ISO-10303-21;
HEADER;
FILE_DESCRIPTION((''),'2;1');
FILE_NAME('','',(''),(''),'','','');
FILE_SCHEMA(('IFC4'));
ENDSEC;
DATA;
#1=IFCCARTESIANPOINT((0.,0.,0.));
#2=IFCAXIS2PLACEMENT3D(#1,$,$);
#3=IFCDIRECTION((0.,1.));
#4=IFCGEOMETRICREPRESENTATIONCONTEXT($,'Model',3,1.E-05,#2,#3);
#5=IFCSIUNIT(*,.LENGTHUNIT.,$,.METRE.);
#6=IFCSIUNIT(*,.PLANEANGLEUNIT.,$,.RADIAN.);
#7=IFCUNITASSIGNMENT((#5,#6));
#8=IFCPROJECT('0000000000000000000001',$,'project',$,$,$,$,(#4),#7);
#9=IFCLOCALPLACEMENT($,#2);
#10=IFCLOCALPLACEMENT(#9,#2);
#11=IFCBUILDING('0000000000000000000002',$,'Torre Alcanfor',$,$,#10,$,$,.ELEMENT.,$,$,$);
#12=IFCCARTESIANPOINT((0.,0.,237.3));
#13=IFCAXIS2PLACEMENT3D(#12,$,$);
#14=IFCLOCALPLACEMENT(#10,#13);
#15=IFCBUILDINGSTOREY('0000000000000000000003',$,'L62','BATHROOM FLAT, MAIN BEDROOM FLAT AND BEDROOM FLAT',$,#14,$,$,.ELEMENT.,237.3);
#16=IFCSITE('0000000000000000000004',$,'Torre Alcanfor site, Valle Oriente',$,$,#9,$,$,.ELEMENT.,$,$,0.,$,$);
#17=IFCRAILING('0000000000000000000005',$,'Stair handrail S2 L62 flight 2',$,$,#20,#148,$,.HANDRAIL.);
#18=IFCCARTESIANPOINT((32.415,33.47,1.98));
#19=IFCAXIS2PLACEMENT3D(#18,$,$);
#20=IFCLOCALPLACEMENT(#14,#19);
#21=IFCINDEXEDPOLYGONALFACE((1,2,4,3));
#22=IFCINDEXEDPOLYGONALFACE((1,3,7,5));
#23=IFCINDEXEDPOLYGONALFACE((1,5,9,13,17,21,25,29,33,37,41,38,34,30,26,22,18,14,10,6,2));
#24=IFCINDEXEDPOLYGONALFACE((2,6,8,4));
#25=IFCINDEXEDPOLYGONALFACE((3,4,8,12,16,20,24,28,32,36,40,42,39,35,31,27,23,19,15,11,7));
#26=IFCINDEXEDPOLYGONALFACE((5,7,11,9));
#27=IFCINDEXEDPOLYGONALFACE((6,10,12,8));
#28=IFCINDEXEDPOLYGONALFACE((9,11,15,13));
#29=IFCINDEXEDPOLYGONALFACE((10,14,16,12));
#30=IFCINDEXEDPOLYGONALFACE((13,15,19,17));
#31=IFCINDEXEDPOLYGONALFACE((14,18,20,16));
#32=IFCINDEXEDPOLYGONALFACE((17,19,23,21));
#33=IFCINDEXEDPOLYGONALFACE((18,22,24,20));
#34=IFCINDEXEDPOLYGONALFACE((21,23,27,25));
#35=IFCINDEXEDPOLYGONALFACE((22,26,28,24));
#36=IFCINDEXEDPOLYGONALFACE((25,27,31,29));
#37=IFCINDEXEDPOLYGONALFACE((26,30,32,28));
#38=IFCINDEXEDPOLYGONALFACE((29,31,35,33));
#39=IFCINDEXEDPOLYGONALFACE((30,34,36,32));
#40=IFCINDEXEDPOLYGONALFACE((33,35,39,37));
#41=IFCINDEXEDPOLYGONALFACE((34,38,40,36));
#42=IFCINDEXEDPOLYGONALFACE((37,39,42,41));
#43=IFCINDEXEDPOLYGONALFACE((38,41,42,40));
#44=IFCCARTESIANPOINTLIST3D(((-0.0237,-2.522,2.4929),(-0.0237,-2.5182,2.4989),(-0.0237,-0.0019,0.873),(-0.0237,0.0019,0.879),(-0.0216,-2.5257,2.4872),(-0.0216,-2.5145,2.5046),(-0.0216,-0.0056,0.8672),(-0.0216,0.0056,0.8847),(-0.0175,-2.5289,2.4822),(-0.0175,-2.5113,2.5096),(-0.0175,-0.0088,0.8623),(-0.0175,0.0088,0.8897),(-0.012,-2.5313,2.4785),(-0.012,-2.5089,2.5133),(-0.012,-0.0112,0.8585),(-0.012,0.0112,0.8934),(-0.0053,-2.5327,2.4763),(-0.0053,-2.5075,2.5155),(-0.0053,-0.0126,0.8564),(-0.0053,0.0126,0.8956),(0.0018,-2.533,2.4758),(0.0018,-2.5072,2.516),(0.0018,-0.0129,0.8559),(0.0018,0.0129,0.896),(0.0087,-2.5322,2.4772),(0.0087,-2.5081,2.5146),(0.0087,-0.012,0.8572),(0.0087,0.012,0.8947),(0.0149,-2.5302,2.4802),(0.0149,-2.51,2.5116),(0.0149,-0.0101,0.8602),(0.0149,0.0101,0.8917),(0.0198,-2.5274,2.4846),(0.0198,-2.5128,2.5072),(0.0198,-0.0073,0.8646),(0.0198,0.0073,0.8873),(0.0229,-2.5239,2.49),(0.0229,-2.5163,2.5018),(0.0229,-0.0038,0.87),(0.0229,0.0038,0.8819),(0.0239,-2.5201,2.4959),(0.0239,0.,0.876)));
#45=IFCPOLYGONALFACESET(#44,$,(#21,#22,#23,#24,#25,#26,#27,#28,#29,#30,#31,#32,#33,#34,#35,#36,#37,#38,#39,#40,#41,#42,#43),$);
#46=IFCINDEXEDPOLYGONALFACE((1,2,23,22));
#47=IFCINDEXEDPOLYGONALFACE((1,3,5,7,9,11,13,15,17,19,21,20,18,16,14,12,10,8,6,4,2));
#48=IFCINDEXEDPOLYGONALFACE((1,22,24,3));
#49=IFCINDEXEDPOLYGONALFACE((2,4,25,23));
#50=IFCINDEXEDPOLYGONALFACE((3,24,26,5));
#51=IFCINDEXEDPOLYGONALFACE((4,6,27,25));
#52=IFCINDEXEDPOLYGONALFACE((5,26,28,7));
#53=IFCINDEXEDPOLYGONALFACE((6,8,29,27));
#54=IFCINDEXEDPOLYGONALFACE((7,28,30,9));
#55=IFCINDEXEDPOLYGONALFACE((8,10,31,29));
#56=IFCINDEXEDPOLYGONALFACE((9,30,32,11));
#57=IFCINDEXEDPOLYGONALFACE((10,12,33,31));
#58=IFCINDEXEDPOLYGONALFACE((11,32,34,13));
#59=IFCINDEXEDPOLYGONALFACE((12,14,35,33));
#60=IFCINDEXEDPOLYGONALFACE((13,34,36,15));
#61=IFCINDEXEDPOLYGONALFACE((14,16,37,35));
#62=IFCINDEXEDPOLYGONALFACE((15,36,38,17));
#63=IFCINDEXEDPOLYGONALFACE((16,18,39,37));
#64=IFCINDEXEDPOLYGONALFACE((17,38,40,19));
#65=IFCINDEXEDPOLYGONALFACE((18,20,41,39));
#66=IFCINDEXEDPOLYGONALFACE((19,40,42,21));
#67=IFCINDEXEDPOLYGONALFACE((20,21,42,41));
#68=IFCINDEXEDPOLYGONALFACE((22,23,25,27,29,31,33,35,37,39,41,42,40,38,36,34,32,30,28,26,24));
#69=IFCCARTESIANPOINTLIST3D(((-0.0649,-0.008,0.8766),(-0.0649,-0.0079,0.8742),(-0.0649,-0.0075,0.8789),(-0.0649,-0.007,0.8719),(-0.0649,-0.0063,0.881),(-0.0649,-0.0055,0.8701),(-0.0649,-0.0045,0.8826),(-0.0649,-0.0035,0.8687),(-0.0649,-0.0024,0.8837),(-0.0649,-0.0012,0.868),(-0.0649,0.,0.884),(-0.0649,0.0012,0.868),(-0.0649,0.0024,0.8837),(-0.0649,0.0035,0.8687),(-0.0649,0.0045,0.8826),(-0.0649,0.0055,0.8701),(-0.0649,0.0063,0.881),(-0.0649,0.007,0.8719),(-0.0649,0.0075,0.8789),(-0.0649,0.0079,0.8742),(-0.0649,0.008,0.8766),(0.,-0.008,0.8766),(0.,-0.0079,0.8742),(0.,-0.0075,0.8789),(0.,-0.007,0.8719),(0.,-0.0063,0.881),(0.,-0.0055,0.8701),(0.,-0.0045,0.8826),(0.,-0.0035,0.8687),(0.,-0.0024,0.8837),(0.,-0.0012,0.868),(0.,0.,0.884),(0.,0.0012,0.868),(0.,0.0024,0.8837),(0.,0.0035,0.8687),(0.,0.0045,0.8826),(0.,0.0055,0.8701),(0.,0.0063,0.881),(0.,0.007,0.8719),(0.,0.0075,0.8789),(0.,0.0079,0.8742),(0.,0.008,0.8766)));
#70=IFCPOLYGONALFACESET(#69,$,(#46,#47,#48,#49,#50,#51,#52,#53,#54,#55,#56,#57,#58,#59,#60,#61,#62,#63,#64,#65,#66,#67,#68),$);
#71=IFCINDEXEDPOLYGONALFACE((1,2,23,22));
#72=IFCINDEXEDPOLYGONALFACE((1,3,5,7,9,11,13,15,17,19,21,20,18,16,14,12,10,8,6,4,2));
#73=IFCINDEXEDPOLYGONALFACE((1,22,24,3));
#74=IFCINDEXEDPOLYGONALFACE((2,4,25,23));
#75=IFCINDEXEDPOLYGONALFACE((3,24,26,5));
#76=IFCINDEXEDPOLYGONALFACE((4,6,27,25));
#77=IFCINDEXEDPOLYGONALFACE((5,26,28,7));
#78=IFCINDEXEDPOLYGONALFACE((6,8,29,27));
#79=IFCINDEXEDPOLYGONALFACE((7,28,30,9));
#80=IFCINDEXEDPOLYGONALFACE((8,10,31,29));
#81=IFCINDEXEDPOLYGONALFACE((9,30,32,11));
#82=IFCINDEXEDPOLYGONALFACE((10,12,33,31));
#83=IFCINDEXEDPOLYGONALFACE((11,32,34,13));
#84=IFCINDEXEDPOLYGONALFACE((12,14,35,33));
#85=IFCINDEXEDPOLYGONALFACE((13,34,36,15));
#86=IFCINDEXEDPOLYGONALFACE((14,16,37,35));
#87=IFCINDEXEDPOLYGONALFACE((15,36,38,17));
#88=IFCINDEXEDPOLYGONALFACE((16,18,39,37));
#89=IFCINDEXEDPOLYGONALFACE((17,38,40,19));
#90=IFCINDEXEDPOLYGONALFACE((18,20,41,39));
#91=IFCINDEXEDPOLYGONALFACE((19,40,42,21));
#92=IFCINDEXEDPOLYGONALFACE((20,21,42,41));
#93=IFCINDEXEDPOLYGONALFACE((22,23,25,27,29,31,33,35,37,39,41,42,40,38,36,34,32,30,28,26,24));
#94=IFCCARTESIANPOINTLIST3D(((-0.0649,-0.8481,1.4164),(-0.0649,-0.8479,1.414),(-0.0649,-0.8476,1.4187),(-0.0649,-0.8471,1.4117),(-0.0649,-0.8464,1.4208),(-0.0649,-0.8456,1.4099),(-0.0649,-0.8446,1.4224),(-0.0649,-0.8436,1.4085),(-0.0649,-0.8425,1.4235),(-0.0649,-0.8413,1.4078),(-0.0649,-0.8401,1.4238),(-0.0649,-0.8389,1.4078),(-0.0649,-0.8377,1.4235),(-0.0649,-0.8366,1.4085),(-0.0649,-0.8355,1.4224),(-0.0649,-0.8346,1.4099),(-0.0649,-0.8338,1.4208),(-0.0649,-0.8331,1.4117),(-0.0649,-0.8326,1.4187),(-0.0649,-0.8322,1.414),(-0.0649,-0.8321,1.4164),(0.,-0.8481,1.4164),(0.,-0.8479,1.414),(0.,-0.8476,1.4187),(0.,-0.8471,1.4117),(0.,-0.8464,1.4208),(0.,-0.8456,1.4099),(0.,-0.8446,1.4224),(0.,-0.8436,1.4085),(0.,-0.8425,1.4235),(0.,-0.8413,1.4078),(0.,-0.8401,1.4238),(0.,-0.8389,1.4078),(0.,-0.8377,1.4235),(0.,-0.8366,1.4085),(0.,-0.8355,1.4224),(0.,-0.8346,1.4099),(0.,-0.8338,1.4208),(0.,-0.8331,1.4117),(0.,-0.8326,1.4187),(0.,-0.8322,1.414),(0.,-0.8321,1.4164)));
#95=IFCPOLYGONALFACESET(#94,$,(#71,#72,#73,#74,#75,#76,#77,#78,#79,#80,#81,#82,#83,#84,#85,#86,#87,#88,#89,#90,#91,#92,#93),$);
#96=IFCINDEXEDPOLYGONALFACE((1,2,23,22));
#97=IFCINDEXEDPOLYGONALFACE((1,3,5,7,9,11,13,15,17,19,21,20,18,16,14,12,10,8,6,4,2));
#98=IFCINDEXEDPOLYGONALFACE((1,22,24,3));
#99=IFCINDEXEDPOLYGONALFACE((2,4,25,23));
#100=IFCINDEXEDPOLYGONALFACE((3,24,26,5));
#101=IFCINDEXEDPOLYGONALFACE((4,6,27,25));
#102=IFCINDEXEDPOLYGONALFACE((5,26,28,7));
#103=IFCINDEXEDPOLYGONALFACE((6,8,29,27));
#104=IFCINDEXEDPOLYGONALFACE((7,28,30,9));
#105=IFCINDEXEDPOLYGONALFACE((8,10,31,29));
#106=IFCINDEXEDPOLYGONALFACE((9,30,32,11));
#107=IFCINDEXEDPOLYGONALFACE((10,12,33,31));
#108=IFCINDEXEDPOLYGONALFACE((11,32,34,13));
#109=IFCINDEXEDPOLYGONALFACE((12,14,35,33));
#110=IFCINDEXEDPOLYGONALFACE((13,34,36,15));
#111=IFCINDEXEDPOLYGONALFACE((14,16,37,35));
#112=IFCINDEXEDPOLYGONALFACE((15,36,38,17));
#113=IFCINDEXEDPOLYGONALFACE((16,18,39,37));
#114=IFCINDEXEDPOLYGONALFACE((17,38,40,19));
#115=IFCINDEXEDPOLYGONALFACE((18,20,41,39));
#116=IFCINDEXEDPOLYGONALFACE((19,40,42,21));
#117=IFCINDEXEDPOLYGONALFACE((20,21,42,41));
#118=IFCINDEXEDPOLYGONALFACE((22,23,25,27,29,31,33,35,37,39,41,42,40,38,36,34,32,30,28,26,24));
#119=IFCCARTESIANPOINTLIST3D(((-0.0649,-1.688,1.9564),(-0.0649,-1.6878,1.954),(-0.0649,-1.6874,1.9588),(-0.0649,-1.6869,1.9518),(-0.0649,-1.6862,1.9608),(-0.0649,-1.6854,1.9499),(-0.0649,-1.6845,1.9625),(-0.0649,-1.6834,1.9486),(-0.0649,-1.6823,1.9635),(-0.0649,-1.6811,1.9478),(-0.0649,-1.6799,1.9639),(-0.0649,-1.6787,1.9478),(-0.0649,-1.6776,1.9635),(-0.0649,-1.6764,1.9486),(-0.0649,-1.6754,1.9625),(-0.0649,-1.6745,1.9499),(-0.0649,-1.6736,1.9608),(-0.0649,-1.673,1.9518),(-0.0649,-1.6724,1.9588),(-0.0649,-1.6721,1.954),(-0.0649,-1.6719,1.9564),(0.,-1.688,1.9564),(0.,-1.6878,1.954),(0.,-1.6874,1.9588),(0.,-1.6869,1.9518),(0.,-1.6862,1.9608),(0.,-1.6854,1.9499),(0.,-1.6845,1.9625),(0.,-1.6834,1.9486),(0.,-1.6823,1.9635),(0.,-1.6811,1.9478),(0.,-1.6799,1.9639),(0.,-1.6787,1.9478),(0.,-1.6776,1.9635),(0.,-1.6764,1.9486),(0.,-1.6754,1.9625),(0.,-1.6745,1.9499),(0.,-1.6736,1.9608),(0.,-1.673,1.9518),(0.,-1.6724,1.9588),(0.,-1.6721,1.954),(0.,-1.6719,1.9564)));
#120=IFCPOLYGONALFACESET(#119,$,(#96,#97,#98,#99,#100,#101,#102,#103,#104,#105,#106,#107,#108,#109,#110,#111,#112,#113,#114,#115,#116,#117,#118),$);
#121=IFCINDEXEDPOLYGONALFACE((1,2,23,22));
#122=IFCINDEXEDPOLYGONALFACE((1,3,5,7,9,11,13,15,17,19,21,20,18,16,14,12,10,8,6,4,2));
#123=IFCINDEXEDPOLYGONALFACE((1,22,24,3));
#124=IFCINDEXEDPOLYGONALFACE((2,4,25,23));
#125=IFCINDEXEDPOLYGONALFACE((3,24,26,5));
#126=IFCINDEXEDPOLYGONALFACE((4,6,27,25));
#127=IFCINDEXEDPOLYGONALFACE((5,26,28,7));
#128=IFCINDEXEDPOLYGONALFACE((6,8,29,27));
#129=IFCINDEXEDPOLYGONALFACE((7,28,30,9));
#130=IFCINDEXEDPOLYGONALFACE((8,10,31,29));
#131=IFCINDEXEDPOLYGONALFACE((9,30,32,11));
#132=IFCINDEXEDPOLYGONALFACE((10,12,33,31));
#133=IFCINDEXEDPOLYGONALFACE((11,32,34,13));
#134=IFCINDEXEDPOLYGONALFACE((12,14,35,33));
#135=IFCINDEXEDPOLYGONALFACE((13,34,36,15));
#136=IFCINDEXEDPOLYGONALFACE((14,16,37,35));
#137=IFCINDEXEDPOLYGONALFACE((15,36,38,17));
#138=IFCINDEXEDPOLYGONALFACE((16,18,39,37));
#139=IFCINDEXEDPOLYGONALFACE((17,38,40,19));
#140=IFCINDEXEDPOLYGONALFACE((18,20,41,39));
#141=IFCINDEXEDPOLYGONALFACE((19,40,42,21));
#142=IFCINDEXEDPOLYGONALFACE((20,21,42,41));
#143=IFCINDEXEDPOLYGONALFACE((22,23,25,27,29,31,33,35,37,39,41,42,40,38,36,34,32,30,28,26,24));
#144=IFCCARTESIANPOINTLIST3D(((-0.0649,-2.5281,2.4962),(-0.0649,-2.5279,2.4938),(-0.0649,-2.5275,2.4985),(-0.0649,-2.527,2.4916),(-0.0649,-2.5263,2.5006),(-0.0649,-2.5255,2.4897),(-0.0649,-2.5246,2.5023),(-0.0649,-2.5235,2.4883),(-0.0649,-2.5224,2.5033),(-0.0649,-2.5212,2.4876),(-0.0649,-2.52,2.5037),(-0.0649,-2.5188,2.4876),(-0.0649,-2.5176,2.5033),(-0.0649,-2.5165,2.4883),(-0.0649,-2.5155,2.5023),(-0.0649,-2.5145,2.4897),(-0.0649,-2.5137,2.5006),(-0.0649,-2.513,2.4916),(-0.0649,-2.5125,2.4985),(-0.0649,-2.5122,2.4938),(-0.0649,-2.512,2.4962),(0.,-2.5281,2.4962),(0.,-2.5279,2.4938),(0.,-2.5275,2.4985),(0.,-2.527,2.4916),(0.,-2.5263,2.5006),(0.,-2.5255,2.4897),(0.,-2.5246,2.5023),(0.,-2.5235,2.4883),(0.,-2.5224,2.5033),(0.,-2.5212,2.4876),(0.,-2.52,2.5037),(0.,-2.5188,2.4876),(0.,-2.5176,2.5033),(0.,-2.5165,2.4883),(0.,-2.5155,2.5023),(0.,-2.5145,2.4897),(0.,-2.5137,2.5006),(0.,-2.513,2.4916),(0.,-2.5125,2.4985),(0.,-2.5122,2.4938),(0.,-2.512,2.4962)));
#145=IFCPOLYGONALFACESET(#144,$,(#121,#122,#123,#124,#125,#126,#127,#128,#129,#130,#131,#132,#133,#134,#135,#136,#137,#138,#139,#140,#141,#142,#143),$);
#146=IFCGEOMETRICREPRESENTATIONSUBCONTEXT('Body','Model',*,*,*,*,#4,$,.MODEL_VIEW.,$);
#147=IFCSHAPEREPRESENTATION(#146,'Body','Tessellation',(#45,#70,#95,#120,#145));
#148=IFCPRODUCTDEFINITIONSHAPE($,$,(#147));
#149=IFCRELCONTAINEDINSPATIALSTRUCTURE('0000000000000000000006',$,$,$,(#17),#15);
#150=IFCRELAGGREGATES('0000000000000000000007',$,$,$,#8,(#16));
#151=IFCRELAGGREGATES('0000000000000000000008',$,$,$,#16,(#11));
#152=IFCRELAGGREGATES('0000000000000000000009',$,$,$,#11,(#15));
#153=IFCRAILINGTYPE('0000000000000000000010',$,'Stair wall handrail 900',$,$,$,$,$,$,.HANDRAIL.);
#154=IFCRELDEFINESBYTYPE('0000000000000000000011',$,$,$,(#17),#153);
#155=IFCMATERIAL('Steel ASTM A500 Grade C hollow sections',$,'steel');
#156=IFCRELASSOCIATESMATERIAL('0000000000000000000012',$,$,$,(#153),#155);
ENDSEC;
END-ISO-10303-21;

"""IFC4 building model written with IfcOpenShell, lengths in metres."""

from ifc_helpers import new_model, si_unit, direction, frame, origin, origin_2d, place, context, subcontext, project, spatial, circle, extrude, material, type_object, element, save


model = new_model("IFC4")

# Units and contexts
model_context = context("Model", 3, precision=1e-05, world=origin(), true_north=direction((0.0, 1.0)))
body_context = subcontext(model_context, "Body", "Model", "MODEL_VIEW")
ifc_project = project(units=[si_unit("LENGTHUNIT", "METRE"), si_unit("PLANEANGLEUNIT", "RADIAN")], contexts=[model_context])

# Site, building, storey
site_placement = place(None, origin())
site = spatial("IfcSite", under=ifc_project, at=site_placement, Name="Torre Alcanfor site, Valle Oriente", CompositionType="ELEMENT", RefElevation=0.0)
building_placement = place(site_placement, origin())
building = spatial("IfcBuilding", under=site, at=building_placement, Name="Torre Alcanfor", CompositionType="ELEMENT")
storey_placement = place(building_placement, frame((0.0, 0.0, 237.3)))
storey = spatial("IfcBuildingStorey", under=building, at=storey_placement, Name="L62", Description="BATHROOM FLAT, MAIN BEDROOM FLAT AND BEDROOM FLAT", CompositionType="ELEMENT", Elevation=237.3)

# Railing
ifc_material_1 = material(Name="Steel ASTM A500 Grade C hollow sections", Category="steel")
railing_type_1 = type_object("IfcRailingType", Name="Stair wall handrail 900", PredefinedType="HANDRAIL", material=ifc_material_1)
railing_1_placement = place(storey_placement, frame((32.415, 33.47, 1.98)))
element("IfcRailing", 1, at=railing_1_placement, inside=storey, type_object=railing_type_1, Name="Stair handrail S2 L62 flight 2", PredefinedType="HANDRAIL", context=body_context, shape_type="SweptSolid", body=[
    extrude(circle(Radius=0.0239, at=origin_2d()), frame((0.0, 0.0, 0.876), z_axis=(0.0, -0.8412, 0.540725), x_axis=(1.0, 0.0, 0.0)), (0.0, 0.0, 1.0), 2.9958),
    extrude(circle(Radius=0.0081, at=origin_2d()), frame((0.0, 0.0, 0.876), z_axis=(-1.0, 0.0, 0.0), x_axis=(0.0, 0.0, 1.0)), (0.0, 0.0, 1.0), 0.0649),
    extrude(circle(Radius=0.0081, at=origin_2d()), frame((0.0, -0.8401, 1.4158), z_axis=(-1.0, 0.0, 0.0), x_axis=(0.0, 0.0, 1.0)), (0.0, 0.0, 1.0), 0.0649),
    extrude(circle(Radius=0.0081, at=origin_2d()), frame((0.0, -1.6799, 1.9558), z_axis=(-1.0, 0.0, 0.0), x_axis=(0.0, 0.0, 1.0)), (0.0, 0.0, 1.0), 0.0649),
    extrude(circle(Radius=0.0081, at=origin_2d()), frame((0.0, -2.52, 2.4956), z_axis=(-1.0, 0.0, 0.0), x_axis=(0.0, 0.0, 1.0)), (0.0, 0.0, 1.0), 0.0649),
])

save(model, "model.ifc")
